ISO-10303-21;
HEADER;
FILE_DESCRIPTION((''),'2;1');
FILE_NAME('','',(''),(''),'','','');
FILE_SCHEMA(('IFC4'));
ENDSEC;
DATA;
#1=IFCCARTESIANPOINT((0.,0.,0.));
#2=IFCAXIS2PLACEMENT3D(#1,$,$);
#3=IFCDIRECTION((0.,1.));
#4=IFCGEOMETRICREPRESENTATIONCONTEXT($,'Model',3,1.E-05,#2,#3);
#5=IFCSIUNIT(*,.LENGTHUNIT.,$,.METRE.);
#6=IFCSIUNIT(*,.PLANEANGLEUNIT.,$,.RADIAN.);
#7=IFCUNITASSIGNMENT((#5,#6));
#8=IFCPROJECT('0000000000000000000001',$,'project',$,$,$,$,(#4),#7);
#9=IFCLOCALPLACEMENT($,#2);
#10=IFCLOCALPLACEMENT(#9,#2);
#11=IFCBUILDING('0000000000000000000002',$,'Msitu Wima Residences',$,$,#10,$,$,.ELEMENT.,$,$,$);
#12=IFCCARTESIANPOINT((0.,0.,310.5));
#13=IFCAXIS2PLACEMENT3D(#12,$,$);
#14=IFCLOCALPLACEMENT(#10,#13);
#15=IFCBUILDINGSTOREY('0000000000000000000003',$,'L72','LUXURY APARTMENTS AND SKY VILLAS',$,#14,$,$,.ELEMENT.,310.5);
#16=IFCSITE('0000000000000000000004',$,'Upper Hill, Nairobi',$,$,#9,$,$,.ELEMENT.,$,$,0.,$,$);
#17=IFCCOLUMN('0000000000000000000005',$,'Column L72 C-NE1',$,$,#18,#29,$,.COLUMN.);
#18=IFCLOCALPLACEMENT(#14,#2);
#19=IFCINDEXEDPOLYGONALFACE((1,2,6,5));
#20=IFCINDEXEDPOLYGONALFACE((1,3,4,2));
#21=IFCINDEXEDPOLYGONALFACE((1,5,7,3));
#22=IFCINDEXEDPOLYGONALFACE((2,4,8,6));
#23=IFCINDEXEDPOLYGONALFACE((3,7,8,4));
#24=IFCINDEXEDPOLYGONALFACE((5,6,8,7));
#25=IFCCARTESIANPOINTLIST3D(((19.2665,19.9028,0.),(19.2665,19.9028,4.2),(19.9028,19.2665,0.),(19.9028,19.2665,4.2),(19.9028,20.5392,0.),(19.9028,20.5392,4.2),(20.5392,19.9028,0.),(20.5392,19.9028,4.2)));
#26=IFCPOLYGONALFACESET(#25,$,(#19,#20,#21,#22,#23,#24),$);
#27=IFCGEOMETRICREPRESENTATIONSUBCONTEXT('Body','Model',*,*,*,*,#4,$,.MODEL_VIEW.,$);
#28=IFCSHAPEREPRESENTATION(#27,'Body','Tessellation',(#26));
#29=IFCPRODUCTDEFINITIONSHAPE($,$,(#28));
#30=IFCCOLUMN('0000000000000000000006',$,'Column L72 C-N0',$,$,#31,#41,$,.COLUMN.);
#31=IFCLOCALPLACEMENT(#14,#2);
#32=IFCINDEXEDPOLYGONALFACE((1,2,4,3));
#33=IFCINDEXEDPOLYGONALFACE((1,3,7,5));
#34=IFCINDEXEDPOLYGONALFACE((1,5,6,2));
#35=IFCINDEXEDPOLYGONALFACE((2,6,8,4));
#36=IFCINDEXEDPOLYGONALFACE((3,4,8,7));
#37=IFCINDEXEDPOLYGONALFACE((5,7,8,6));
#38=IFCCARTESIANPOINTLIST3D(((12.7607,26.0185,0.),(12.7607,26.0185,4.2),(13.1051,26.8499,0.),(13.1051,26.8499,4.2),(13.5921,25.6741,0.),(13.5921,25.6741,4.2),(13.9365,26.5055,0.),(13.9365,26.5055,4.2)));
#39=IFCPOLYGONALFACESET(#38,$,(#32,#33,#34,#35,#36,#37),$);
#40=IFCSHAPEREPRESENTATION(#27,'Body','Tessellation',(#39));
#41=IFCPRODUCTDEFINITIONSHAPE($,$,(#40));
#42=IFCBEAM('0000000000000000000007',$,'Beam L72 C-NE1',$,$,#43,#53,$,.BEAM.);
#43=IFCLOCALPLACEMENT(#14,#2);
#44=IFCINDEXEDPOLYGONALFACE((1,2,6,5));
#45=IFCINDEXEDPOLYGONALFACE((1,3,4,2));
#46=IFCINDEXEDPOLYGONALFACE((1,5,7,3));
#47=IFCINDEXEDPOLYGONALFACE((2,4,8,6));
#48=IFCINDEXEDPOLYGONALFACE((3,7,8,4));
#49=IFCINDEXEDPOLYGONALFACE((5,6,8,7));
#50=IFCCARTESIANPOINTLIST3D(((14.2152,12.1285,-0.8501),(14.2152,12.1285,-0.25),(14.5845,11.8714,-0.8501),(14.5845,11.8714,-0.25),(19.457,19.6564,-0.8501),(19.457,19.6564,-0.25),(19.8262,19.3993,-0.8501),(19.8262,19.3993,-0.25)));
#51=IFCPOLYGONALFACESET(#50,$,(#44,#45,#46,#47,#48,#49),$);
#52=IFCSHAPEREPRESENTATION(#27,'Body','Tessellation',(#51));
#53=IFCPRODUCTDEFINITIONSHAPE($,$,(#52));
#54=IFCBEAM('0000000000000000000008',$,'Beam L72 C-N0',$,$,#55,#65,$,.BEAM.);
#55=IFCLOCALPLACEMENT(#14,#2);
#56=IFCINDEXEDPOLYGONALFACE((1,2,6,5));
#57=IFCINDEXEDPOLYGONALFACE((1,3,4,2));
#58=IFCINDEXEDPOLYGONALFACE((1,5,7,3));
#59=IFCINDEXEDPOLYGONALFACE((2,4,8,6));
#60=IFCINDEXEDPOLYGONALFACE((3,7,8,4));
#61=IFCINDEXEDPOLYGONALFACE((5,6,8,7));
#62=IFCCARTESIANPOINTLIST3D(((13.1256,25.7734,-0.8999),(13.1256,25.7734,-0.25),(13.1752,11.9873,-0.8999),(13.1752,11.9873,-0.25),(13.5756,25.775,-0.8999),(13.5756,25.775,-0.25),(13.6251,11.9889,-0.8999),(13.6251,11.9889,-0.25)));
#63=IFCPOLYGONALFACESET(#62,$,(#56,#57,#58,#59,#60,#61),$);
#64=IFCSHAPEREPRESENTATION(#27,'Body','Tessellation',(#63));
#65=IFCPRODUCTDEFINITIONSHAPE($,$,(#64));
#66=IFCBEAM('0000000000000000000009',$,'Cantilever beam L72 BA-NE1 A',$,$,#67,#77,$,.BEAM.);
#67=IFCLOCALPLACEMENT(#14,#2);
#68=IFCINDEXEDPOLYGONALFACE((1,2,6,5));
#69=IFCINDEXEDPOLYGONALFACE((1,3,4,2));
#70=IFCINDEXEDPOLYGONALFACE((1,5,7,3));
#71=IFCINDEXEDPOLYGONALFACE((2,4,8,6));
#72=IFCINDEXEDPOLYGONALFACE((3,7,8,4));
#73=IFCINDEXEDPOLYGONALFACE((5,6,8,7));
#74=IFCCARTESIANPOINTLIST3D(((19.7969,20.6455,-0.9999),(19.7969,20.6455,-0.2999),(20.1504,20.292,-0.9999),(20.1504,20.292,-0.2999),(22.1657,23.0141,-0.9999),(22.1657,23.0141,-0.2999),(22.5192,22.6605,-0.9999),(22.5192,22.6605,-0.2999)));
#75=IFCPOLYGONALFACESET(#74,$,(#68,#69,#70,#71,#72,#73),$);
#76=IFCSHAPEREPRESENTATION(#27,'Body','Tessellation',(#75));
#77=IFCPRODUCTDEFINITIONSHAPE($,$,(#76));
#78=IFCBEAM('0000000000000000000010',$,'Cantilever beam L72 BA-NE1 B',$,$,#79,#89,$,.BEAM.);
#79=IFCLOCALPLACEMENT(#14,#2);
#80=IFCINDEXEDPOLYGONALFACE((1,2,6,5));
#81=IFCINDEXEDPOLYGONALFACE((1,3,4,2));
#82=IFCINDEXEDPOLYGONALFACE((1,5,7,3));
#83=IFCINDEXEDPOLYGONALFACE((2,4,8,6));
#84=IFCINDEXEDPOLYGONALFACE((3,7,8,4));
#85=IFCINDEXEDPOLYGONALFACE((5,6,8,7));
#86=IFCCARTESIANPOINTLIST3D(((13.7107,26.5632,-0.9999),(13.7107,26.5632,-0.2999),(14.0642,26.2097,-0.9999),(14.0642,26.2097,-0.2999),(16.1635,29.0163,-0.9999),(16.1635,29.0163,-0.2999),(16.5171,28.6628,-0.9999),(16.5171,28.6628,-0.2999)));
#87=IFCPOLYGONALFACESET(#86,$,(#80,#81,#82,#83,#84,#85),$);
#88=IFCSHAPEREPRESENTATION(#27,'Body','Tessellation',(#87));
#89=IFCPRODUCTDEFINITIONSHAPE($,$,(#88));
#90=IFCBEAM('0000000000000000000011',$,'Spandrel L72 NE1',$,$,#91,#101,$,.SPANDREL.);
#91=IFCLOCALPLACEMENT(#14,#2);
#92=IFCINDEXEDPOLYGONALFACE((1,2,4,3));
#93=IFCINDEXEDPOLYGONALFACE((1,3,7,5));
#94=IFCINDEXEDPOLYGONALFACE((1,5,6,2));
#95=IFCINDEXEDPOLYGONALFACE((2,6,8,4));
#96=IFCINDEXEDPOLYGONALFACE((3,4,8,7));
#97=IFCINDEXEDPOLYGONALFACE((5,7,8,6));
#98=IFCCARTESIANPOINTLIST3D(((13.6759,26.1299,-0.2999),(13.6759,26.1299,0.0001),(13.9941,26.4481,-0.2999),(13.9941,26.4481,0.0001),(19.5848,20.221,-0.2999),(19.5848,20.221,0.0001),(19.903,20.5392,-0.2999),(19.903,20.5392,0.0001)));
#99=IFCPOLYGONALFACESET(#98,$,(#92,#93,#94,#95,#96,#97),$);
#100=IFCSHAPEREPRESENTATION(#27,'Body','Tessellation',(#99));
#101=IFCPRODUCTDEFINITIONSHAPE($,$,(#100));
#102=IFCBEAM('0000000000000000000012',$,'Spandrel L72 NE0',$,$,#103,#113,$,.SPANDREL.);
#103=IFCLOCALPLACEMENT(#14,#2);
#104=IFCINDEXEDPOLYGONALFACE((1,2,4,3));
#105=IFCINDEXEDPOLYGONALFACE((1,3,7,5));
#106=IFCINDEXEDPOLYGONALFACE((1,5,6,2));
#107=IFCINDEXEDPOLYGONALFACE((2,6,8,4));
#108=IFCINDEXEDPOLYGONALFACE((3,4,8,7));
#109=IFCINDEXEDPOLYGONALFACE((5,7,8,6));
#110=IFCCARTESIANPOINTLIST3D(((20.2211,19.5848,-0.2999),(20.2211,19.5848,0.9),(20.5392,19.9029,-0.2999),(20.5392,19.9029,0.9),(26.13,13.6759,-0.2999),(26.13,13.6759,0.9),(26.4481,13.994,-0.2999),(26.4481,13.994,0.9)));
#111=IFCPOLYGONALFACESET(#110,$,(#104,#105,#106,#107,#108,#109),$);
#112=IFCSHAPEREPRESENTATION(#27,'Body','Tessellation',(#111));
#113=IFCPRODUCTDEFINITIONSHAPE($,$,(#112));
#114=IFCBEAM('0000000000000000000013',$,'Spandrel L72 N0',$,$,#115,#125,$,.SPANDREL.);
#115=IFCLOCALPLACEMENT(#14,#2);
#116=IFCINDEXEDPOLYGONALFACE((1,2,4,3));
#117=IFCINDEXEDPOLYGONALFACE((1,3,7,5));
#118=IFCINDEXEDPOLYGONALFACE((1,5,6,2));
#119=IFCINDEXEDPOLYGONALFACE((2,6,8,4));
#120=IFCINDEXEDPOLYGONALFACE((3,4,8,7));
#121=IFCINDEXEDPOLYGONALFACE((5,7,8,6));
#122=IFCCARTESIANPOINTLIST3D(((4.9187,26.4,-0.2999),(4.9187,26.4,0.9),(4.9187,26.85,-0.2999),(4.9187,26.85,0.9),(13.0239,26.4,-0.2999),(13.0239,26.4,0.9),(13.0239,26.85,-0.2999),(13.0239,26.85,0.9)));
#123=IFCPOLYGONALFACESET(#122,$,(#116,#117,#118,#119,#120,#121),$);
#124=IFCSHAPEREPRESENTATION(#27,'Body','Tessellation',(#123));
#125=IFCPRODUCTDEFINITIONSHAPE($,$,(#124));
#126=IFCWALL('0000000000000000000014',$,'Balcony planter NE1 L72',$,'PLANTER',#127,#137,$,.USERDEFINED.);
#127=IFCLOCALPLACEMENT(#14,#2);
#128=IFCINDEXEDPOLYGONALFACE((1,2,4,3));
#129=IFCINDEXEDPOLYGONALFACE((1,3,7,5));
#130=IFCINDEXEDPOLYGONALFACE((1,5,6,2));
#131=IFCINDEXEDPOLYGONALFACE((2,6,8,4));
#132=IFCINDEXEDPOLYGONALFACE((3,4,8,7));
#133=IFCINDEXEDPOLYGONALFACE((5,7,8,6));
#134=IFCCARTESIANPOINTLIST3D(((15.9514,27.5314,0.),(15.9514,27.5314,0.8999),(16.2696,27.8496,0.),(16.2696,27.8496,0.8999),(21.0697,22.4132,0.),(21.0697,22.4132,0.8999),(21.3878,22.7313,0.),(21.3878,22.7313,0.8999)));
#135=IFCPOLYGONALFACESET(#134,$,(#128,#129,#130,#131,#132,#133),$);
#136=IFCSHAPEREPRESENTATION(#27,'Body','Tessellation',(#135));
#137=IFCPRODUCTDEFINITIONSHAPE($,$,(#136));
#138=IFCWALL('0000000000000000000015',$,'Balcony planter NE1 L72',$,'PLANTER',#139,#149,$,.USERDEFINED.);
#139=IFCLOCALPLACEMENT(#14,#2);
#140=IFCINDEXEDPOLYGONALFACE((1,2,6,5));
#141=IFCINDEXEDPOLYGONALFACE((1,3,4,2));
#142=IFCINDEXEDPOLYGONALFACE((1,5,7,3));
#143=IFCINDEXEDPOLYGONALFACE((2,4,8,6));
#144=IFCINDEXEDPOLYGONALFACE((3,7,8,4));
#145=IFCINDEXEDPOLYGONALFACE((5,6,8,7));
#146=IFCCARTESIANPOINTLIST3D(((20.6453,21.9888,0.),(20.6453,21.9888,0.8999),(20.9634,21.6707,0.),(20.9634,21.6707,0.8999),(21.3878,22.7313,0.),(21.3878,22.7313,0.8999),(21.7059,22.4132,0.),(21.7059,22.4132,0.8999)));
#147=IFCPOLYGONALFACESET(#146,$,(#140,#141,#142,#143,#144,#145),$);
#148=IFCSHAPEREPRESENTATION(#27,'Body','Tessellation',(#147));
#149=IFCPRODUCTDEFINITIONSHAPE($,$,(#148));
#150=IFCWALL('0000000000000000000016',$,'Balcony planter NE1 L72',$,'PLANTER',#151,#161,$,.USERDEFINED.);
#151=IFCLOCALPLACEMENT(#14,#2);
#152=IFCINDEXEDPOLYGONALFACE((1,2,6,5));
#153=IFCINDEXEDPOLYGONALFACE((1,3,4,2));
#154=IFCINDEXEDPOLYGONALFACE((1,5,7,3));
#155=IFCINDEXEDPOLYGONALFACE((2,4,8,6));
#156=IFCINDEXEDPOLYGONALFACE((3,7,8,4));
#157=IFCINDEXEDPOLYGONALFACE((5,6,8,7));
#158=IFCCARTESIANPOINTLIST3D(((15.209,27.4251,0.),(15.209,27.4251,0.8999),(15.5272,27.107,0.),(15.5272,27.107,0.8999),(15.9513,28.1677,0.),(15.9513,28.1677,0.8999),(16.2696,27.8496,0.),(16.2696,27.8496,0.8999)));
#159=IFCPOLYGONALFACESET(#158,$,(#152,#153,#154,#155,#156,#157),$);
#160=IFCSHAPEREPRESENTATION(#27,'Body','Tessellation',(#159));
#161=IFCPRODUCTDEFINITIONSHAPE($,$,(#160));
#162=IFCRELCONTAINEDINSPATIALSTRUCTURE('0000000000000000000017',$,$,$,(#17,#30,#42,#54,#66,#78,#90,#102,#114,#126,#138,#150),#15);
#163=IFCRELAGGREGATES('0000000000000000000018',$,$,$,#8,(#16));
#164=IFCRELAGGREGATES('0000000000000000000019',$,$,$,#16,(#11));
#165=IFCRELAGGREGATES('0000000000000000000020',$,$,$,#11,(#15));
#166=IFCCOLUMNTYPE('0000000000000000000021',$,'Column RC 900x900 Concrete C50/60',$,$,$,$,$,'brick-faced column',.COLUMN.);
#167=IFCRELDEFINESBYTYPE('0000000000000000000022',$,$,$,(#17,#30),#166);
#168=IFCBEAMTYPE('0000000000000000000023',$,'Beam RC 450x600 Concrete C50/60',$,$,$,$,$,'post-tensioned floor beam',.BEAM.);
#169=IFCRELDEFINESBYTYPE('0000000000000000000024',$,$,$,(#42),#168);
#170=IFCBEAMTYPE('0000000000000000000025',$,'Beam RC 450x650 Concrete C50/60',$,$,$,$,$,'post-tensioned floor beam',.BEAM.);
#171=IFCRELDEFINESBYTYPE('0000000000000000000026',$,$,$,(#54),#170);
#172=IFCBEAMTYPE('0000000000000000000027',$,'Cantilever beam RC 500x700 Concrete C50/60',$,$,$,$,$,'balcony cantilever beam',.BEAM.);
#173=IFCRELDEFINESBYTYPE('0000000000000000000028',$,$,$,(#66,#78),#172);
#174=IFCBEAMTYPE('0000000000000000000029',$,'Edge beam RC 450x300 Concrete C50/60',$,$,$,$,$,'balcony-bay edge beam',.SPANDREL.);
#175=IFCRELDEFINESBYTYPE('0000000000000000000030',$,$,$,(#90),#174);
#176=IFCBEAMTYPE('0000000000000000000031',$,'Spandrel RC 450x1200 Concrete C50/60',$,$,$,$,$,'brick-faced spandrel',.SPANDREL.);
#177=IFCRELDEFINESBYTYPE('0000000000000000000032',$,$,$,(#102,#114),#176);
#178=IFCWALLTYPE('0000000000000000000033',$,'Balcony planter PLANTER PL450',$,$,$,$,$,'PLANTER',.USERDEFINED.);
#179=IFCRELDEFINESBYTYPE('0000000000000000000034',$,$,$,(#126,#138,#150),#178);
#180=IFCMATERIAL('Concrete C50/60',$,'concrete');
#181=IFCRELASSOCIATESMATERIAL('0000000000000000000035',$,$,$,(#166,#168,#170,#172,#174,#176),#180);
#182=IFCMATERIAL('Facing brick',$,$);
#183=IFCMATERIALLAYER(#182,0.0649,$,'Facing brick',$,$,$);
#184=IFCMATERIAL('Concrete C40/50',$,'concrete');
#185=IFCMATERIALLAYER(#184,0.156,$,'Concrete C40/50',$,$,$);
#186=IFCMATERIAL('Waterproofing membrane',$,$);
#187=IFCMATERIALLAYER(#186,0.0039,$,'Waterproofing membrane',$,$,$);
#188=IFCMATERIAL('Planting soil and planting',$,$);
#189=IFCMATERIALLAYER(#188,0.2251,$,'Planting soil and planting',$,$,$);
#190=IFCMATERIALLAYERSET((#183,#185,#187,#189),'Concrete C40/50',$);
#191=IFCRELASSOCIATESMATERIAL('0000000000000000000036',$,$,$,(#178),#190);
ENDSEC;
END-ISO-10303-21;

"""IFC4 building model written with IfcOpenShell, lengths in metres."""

from ifc_helpers import new_model, si_unit, direction, frame, frame_2d, origin, origin_2d, place, context, subcontext, project, spatial, rectangle, extrude, material, layer, layer_set, material_profile, profile_set, type_object, element, save


model = new_model("IFC4")

# Units and contexts
model_context = context("Model", 3, precision=1e-05, world=origin(), true_north=direction((0.0, 1.0)))
body_context = subcontext(model_context, "Body", "Model", "MODEL_VIEW")
ifc_project = project(units=[si_unit("LENGTHUNIT", "METRE"), si_unit("PLANEANGLEUNIT", "RADIAN")], contexts=[model_context])

# Site, building, storey
site_placement = place(None, origin())
site = spatial("IfcSite", under=ifc_project, at=site_placement, Name="Upper Hill, Nairobi", CompositionType="ELEMENT", RefElevation=0.0)
building_placement = place(site_placement, origin())
building = spatial("IfcBuilding", under=site, at=building_placement, Name="Msitu Wima Residences", CompositionType="ELEMENT")
storey_placement = place(building_placement, frame((0.0, 0.0, 310.5)))
storey = spatial("IfcBuildingStorey", under=building, at=storey_placement, Name="L72", Description="LUXURY APARTMENTS AND SKY VILLAS", CompositionType="ELEMENT", Elevation=310.5)

# Columns
ifc_material_1 = material(Name="Concrete C50/60", Category="concrete")
ifc_material_profile_1 = material_profile(ifc_material_1, rectangle(XDim=0.8999, YDim=0.8999, at=origin_2d()), Name="RC 900x900")
ifc_profile_set_1 = profile_set([ifc_material_profile_1], Name="Concrete C50/60")
column_type = type_object("IfcColumnType", Name="Column RC 900x900 Concrete C50/60", ElementType="brick-faced column", PredefinedType="COLUMN", material=ifc_profile_set_1)
for number, where, z_axis, x_axis, name in (
    (1, (19.9028, 19.9028, 0.0), (0.0, 0.0, 1.0), (-0.707107, 0.707107, 0.0), "Column L72 C-NE1"),
    (2, (13.3486, 26.262, 0.0), (0.0, 0.0, 1.0), (-0.92388, 0.382683, 0.0), "Column L72 C-N0"),
):
    element("IfcColumn", number, at=place(storey_placement, frame(where, z_axis=z_axis, x_axis=x_axis)), inside=storey, type_object=column_type, Name=name, PredefinedType="COLUMN", context=body_context, shape_type="SweptSolid", body=[
        extrude(rectangle(XDim=0.8999, YDim=0.8999, at=origin_2d()), origin(), (0.0, 0.0, 1.0), 4.2),
    ])

# Beams
ifc_material_profile_2 = material_profile(ifc_material_1, rectangle(XDim=0.45, YDim=0.6001, at=origin_2d()), Name="RC 450x600")
ifc_profile_set_2 = profile_set([ifc_material_profile_2], Name="Concrete C50/60")
beam_type_1 = type_object("IfcBeamType", Name="Beam RC 450x600 Concrete C50/60", ElementType="post-tensioned floor beam", PredefinedType="BEAM", material=ifc_profile_set_2)
beam_1_placement = place(storey_placement, frame((19.6416, 19.5278, -0.55), z_axis=(-0.571428, -0.820652, 0.0), x_axis=(0.820652, -0.571428, 0.0)))
element("IfcBeam", 3, at=beam_1_placement, inside=storey, type_object=beam_type_1, Name="Beam L72 C-NE1", PredefinedType="BEAM", context=body_context, shape_type="SweptSolid", body=[
    extrude(rectangle(XDim=0.45, YDim=0.6001, at=origin_2d()), origin(), (0.0, 0.0, 1.0), 9.1731),
])
ifc_material_profile_3 = material_profile(ifc_material_1, rectangle(XDim=0.45, YDim=0.6499, at=origin_2d()), Name="RC 450x650")
ifc_profile_set_3 = profile_set([ifc_material_profile_3], Name="Concrete C50/60")
beam_type_2 = type_object("IfcBeamType", Name="Beam RC 450x650 Concrete C50/60", ElementType="post-tensioned floor beam", PredefinedType="BEAM", material=ifc_profile_set_3)
beam_2_placement = place(storey_placement, frame((13.3506, 25.7742, -0.575), z_axis=(0.003595, -0.999994, 0.0), x_axis=(0.999994, 0.003595, 0.0)))
element("IfcBeam", 4, at=beam_2_placement, inside=storey, type_object=beam_type_2, Name="Beam L72 C-N0", PredefinedType="BEAM", context=body_context, shape_type="SweptSolid", body=[
    extrude(rectangle(XDim=0.45, YDim=0.6499, at=origin_2d()), origin(), (0.0, 0.0, 1.0), 13.7861),
])
ifc_material_profile_4 = material_profile(ifc_material_1, rectangle(XDim=0.5, YDim=0.7, at=origin_2d()), Name="RC 500x700")
ifc_profile_set_4 = profile_set([ifc_material_profile_4], Name="Concrete C50/60")
beam_type_3 = type_object("IfcBeamType", Name="Cantilever beam RC 500x700 Concrete C50/60", ElementType="balcony cantilever beam", PredefinedType="BEAM", material=ifc_profile_set_4)
beam_3_placement = place(storey_placement, frame((19.9736, 20.4688, -0.6499), z_axis=(0.707143, 0.70707, 0.0), x_axis=(-0.70707, 0.707143, 0.0)))
element("IfcBeam", 5, at=beam_3_placement, inside=storey, type_object=beam_type_3, Name="Cantilever beam L72 BA-NE1 A", PredefinedType="BEAM", context=body_context, shape_type="SweptSolid", body=[
    extrude(rectangle(XDim=0.5, YDim=0.7, at=origin_2d()), origin(), (0.0, 0.0, 1.0), 3.3499),
])
beam_4_placement = place(storey_placement, frame((13.8875, 26.3865, -0.6499), z_axis=(0.707072, 0.707142, 0.0), x_axis=(-0.707142, 0.707072, 0.0)))
element("IfcBeam", 6, at=beam_4_placement, inside=storey, type_object=beam_type_3, Name="Cantilever beam L72 BA-NE1 B", PredefinedType="BEAM", context=body_context, shape_type="SweptSolid", body=[
    extrude(rectangle(XDim=0.5, YDim=0.7, at=origin_2d()), origin(), (0.0, 0.0, 1.0), 3.469),
])
ifc_material_profile_5 = material_profile(ifc_material_1, rectangle(XDim=0.45, YDim=0.3, at=origin_2d()), Name="RC 450x300")
ifc_profile_set_5 = profile_set([ifc_material_profile_5], Name="Concrete C50/60")
beam_type_4 = type_object("IfcBeamType", Name="Edge beam RC 450x300 Concrete C50/60", ElementType="balcony-bay edge beam", PredefinedType="SPANDREL", material=ifc_profile_set_5)
beam_5_placement = place(storey_placement, frame((19.7439, 20.3801, -0.1499), z_axis=(-0.707107, 0.707107, 0.0), x_axis=(-0.707107, -0.707107, 0.0)))
element("IfcBeam", 7, at=beam_5_placement, inside=storey, type_object=beam_type_4, Name="Spandrel L72 NE1", PredefinedType="SPANDREL", context=body_context, shape_type="SweptSolid", body=[
    extrude(rectangle(XDim=0.45, YDim=0.3, at=origin_2d()), origin(), (0.0, 0.0, 1.0), 8.3564),
])
ifc_material_profile_6 = material_profile(ifc_material_1, rectangle(XDim=0.45, YDim=1.2, at=origin_2d()), Name="RC 450x1200")
ifc_profile_set_6 = profile_set([ifc_material_profile_6], Name="Concrete C50/60")
beam_type_5 = type_object("IfcBeamType", Name="Spandrel RC 450x1200 Concrete C50/60", ElementType="brick-faced spandrel", PredefinedType="SPANDREL", material=ifc_profile_set_6)
beam_6_placement = place(storey_placement, frame((26.2891, 13.835, 0.3), z_axis=(-0.707107, 0.707107, 0.0), x_axis=(-0.707107, -0.707107, 0.0)))
element("IfcBeam", 8, at=beam_6_placement, inside=storey, type_object=beam_type_5, Name="Spandrel L72 NE0", PredefinedType="SPANDREL", context=body_context, shape_type="SweptSolid", body=[
    extrude(rectangle(XDim=0.45, YDim=1.2, at=origin_2d()), origin(), (0.0, 0.0, 1.0), 8.3564),
])
beam_7_placement = place(storey_placement, frame((13.0239, 26.625, 0.3), z_axis=(-1.0, 0.0, 0.0), x_axis=(0.0, -1.0, 0.0)))
element("IfcBeam", 9, at=beam_7_placement, inside=storey, type_object=beam_type_5, Name="Spandrel L72 N0", PredefinedType="SPANDREL", context=body_context, shape_type="SweptSolid", body=[
    extrude(rectangle(XDim=0.45, YDim=1.2, at=origin_2d()), origin(), (0.0, 0.0, 1.0), 8.1052),
])

# Walls
ifc_material_2 = material(Name="Facing brick")
ifc_layer_1 = layer(ifc_material_2, 0.0649, Name="Facing brick")
ifc_material_3 = material(Name="Concrete C40/50", Category="concrete")
ifc_layer_2 = layer(ifc_material_3, 0.156, Name="Concrete C40/50")
ifc_material_4 = material(Name="Waterproofing membrane")
ifc_layer_3 = layer(ifc_material_4, 0.0039, Name="Waterproofing membrane")
ifc_material_5 = material(Name="Planting soil and planting")
ifc_layer_4 = layer(ifc_material_5, 0.2251, Name="Planting soil and planting")
ifc_layer_set_1 = layer_set([ifc_layer_1, ifc_layer_2, ifc_layer_3, ifc_layer_4], Name="Concrete C40/50")
wall_type_1 = type_object("IfcWallType", Name="Balcony planter PLANTER PL450", ElementType="PLANTER", PredefinedType="USERDEFINED", material=ifc_layer_set_1)
wall_1_placement = place(storey_placement, frame((21.2288, 22.5723, 0.0), z_axis=(0.0, 0.0, 1.0), x_axis=(-0.707107, 0.707107, 0.0)))
element("IfcWall", 10, at=wall_1_placement, inside=storey, type_object=wall_type_1, Name="Balcony planter NE1 L72", ObjectType="PLANTER", PredefinedType="USERDEFINED", context=body_context, shape_type="SweptSolid", body=[
    extrude(rectangle(XDim=7.2383, YDim=0.45, at=frame_2d((3.6191, 0.0))), origin(), (0.0, 0.0, 1.0), 0.8999),
])
for number, where, z_axis, x_axis, name in (
    (11, (20.8044, 21.8298, 0.0), (0.0, 0.0, 1.0), (0.707107, 0.707107, 0.0), "Balcony planter NE1 L72"),
    (12, (15.3682, 27.2661, 0.0), (0.0, 0.0, 1.0), (0.706991, 0.707223, 0.0), "Balcony planter NE1 L72"),
):
    element("IfcWall", number, at=place(storey_placement, frame(where, z_axis=z_axis, x_axis=x_axis)), inside=storey, type_object=wall_type_1, Name=name, ObjectType="PLANTER", PredefinedType="USERDEFINED", context=body_context, shape_type="SweptSolid", body=[
        extrude(rectangle(XDim=1.05, YDim=0.45, at=frame_2d((0.5249, 0.0))), origin(), (0.0, 0.0, 1.0), 0.8999),
    ])

save(model, "model.ifc")
